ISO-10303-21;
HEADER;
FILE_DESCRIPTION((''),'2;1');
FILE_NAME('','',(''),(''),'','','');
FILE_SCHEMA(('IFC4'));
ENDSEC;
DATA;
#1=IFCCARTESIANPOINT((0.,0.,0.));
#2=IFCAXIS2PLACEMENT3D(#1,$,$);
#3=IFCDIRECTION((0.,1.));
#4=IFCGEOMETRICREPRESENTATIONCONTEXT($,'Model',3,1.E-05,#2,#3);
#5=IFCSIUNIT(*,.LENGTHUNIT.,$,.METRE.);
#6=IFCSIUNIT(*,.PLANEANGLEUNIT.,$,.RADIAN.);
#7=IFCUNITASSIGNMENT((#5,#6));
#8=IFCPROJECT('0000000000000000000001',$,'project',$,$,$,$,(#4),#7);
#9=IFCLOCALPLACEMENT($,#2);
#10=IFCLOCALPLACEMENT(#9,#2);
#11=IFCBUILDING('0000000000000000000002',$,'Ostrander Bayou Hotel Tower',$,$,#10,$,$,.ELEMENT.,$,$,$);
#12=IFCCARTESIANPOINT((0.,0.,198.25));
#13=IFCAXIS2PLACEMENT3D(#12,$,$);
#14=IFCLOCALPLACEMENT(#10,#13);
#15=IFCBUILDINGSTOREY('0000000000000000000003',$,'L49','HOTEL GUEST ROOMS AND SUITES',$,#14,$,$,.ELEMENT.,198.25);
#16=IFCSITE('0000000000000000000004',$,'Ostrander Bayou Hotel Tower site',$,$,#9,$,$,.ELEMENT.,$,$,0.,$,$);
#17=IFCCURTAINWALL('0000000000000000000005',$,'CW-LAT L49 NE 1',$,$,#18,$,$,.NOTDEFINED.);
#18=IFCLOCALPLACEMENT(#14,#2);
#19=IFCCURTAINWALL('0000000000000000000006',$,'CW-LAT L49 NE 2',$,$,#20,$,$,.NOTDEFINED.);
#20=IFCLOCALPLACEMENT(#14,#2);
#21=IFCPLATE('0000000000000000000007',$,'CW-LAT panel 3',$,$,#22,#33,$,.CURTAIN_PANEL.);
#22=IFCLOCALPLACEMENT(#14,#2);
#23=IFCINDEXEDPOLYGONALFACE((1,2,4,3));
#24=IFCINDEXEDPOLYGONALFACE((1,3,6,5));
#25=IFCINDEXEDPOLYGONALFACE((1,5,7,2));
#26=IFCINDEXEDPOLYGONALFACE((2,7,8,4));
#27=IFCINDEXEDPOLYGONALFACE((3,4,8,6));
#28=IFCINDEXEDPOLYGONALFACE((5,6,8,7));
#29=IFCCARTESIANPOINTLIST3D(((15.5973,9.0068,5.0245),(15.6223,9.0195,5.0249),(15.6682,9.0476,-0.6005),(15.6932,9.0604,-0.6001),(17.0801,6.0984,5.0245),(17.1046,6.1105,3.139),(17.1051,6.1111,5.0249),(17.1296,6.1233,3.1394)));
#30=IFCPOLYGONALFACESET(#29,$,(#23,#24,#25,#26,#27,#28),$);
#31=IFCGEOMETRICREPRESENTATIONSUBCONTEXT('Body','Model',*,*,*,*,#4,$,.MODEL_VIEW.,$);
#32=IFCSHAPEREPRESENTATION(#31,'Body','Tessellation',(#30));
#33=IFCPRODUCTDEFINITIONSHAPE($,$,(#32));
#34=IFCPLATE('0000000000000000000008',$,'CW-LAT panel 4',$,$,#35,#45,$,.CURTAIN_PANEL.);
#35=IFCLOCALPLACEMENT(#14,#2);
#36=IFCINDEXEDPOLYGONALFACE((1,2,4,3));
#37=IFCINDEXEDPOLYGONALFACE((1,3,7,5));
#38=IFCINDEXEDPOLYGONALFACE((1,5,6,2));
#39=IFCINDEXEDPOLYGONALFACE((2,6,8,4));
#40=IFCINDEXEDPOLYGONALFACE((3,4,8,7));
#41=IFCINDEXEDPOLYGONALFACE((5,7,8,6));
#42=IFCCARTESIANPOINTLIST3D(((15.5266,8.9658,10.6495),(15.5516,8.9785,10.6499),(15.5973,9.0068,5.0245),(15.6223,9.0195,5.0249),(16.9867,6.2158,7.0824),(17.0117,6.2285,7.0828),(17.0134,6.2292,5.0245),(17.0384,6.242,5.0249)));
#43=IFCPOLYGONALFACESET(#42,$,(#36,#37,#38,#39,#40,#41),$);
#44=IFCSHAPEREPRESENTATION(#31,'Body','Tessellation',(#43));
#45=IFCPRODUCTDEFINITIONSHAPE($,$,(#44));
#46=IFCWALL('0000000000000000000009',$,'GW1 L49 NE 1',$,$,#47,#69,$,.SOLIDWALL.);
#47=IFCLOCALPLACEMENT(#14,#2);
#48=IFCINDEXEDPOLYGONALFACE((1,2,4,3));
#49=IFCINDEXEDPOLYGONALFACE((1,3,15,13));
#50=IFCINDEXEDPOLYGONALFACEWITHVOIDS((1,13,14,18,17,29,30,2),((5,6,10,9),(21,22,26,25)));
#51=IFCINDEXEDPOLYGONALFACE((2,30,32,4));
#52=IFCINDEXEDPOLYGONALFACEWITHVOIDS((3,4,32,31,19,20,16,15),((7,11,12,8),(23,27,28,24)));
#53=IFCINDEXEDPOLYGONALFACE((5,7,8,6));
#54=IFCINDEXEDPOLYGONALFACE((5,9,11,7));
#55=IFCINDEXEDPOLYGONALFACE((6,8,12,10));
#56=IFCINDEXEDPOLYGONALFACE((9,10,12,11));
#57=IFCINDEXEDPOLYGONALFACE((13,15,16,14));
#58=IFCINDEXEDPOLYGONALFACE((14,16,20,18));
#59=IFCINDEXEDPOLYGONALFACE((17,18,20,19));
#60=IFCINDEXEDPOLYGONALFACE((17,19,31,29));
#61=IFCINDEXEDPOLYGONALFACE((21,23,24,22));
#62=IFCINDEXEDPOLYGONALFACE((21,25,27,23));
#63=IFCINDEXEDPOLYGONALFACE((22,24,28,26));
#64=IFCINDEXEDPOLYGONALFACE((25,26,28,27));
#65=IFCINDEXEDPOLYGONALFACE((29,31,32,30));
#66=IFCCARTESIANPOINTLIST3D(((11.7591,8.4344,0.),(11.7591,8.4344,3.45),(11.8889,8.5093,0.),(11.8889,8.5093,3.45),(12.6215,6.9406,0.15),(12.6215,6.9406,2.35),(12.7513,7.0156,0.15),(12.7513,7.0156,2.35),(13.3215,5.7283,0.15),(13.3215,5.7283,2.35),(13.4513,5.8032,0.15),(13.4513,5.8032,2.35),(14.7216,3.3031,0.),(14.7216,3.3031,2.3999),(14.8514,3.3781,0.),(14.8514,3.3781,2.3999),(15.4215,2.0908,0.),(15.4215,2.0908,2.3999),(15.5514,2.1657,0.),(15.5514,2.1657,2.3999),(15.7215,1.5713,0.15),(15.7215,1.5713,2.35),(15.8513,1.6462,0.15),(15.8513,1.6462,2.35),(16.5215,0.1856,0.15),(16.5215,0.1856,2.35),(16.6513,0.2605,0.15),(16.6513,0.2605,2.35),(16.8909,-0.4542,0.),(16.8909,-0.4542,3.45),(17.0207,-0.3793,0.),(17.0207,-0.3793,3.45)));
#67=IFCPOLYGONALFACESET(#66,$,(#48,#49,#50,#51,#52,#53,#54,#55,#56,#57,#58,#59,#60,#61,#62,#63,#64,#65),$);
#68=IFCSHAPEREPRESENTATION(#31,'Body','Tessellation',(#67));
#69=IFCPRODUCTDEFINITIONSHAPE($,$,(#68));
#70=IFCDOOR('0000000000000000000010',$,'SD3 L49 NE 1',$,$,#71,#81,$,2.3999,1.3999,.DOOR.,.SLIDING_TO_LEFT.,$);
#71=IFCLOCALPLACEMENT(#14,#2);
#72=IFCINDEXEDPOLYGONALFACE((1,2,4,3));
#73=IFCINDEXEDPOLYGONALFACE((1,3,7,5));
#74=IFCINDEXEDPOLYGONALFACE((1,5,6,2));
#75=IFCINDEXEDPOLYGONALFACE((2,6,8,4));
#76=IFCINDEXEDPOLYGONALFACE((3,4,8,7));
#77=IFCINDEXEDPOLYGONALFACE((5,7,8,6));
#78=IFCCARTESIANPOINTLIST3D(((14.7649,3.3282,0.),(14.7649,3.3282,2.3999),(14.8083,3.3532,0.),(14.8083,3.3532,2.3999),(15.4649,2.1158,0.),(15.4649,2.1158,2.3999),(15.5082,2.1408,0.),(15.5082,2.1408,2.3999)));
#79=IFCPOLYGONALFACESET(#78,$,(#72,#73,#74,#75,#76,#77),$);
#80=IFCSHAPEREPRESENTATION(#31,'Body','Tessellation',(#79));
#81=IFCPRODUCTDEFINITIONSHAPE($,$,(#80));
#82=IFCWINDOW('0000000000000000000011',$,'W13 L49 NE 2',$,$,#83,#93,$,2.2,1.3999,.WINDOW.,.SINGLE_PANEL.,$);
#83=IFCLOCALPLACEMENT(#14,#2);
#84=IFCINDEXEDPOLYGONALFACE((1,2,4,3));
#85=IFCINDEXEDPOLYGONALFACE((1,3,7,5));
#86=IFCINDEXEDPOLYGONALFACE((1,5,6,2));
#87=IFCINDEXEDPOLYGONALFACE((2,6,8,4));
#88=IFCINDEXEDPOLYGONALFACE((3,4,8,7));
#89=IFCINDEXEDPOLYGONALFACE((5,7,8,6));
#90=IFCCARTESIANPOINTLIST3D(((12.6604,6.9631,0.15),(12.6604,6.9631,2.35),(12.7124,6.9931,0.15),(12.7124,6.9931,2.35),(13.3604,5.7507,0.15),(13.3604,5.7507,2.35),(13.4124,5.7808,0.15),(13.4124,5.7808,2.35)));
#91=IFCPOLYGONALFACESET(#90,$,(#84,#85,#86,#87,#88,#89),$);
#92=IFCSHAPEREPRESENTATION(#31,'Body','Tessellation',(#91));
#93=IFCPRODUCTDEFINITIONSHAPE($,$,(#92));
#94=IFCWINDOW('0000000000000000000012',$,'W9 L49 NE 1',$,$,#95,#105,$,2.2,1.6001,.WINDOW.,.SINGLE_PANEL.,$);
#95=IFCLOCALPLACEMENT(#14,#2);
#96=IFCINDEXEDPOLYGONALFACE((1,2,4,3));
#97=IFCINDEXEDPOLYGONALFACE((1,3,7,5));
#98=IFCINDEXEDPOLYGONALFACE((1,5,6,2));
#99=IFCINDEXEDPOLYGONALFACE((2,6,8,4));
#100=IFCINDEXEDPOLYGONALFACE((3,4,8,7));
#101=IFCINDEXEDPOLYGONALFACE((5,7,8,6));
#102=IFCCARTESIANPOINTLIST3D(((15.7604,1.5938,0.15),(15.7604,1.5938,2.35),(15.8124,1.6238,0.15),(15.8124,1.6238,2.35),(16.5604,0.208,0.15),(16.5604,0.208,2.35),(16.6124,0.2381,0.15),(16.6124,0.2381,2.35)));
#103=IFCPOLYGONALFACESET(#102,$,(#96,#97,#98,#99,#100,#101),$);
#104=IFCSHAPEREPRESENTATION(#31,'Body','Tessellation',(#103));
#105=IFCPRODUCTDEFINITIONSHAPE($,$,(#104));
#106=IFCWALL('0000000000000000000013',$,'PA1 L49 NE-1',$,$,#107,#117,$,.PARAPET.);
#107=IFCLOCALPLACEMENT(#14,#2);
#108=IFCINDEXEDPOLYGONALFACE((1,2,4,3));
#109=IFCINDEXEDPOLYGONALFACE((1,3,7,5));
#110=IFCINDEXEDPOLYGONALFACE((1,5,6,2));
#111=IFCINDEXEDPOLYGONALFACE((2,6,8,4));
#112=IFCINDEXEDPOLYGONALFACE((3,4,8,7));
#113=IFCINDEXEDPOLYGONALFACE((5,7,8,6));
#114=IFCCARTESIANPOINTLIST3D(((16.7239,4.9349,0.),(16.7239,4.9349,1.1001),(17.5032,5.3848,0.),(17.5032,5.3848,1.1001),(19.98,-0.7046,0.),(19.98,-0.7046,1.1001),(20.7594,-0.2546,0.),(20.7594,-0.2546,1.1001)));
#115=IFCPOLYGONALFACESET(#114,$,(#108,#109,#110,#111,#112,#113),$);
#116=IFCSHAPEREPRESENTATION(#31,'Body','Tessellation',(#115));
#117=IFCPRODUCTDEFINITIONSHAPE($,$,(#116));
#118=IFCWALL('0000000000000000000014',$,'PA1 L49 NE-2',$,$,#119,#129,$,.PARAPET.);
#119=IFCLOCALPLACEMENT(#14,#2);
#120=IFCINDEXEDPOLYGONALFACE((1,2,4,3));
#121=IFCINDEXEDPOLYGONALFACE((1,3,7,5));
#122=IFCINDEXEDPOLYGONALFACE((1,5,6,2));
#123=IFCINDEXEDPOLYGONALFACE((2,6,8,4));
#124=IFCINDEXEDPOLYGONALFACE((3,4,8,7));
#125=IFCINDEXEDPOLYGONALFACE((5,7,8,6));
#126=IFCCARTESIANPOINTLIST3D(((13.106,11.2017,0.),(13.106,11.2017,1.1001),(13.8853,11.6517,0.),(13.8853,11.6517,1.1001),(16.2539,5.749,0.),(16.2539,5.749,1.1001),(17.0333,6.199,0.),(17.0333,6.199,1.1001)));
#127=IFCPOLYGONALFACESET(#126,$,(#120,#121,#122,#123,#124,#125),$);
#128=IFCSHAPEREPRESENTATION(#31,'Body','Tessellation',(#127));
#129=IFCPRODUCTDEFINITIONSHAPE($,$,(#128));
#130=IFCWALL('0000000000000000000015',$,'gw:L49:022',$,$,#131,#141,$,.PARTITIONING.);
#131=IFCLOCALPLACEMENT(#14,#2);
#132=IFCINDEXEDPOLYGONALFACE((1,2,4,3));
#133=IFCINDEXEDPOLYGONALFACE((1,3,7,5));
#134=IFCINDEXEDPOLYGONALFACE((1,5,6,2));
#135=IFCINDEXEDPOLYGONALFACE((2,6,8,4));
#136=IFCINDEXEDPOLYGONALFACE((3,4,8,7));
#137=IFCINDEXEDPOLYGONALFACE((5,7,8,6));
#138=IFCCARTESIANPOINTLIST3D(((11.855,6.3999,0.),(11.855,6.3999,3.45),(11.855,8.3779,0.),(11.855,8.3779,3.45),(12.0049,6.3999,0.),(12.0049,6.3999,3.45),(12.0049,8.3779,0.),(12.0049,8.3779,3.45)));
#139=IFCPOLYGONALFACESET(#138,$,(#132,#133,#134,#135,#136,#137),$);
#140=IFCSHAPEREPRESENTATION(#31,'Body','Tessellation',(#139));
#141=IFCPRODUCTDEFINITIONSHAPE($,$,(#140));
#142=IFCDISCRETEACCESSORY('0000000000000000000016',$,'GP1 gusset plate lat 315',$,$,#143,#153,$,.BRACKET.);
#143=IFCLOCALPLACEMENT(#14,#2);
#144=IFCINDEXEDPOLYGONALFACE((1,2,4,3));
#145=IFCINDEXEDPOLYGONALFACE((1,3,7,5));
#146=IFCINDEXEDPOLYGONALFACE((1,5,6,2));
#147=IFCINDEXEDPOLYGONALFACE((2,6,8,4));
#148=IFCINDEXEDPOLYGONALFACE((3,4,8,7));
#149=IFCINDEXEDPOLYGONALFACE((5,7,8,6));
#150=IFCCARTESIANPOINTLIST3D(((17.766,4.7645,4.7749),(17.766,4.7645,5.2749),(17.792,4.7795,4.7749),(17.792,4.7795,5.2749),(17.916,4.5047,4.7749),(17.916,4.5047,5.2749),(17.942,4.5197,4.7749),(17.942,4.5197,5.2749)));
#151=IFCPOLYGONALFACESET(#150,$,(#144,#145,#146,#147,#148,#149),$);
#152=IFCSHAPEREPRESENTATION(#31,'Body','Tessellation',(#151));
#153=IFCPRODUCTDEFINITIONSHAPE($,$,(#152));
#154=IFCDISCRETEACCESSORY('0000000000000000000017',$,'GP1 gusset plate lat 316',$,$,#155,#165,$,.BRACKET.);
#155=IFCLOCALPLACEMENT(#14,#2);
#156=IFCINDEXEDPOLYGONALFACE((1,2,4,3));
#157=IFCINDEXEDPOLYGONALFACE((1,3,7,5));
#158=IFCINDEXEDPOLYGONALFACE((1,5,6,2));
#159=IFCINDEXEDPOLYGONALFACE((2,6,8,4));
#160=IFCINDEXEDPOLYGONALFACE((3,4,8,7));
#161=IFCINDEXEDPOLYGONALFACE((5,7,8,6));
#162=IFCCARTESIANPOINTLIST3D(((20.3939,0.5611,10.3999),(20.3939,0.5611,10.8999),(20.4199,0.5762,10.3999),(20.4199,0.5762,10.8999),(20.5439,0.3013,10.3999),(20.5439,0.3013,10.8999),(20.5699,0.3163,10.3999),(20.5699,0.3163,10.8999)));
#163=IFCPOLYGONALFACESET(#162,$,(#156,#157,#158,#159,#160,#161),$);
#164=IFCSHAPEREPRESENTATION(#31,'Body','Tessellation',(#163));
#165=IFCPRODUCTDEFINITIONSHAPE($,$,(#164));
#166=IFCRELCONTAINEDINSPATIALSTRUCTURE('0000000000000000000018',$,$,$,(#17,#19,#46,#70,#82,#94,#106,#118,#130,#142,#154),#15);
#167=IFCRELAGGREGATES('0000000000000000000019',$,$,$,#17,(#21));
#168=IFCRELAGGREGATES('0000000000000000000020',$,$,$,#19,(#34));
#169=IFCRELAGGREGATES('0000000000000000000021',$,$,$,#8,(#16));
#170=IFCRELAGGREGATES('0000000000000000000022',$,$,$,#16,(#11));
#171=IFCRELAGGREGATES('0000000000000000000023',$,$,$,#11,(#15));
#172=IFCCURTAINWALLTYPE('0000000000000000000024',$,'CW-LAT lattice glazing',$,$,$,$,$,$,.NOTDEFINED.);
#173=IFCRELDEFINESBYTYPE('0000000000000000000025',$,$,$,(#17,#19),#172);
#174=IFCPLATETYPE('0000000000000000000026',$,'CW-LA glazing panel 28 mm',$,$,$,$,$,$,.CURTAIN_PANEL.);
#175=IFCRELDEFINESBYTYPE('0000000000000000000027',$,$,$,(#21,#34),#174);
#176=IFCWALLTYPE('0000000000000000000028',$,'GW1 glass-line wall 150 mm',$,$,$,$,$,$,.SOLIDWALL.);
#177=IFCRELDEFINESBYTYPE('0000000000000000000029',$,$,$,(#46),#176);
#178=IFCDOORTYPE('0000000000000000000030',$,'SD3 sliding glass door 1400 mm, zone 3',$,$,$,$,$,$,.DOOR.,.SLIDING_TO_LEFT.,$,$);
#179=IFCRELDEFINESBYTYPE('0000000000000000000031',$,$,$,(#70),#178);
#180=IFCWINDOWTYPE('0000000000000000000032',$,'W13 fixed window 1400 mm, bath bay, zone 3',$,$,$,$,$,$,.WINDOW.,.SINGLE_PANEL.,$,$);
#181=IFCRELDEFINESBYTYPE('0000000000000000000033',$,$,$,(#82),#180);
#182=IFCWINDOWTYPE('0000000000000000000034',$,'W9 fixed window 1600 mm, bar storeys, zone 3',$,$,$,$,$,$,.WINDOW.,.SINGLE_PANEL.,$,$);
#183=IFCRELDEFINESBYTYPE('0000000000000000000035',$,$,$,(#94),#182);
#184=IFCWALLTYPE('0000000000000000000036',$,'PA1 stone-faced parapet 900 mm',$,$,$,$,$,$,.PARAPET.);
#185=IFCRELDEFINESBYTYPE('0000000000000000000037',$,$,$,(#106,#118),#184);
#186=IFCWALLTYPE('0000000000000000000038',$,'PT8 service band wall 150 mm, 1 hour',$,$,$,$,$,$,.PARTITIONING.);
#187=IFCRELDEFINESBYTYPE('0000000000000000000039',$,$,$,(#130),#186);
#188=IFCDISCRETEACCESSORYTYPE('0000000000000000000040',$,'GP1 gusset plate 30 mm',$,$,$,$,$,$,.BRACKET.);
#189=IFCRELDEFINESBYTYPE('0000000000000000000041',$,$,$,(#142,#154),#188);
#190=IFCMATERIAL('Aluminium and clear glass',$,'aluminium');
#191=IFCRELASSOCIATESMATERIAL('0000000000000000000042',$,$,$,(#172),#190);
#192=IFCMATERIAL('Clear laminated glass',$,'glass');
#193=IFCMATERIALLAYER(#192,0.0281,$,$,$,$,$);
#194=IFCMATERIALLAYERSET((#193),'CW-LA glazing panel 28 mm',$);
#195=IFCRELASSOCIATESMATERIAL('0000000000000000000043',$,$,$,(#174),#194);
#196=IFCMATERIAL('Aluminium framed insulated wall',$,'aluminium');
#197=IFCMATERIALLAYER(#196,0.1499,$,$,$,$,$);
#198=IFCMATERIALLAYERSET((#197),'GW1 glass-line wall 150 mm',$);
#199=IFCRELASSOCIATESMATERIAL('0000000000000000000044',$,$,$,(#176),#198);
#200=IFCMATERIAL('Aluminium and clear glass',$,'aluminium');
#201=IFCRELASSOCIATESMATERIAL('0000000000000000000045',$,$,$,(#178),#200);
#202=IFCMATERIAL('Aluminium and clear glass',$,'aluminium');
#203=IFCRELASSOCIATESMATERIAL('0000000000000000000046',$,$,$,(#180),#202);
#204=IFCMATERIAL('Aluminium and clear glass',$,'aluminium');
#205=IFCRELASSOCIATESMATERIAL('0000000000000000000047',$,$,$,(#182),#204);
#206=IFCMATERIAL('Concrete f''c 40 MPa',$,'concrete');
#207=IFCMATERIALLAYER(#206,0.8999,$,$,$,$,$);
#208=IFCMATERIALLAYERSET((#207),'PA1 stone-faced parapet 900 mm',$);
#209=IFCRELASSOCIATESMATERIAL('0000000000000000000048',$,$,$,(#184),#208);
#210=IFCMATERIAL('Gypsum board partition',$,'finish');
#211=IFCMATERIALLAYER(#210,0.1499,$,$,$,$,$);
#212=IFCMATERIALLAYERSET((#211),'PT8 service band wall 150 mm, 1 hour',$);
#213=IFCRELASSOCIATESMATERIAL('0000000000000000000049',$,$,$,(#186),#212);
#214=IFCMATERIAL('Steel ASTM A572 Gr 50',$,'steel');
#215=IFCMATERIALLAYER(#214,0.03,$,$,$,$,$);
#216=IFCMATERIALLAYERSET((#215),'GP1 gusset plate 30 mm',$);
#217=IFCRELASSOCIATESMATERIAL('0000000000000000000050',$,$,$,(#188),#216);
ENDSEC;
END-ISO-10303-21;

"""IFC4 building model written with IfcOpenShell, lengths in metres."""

from ifc_helpers import new_model, si_unit, direction, frame, frame_2d, origin, origin_2d, place, context, subcontext, project, spatial, polyline, rectangle, outline, extrude, material, layer, layer_set, type_object, element, fill, aggregate, save


model = new_model("IFC4")

# Units and contexts
model_context = context("Model", 3, precision=1e-05, world=origin(), true_north=direction((0.0, 1.0)))
body_context = subcontext(model_context, "Body", "Model", "MODEL_VIEW")
ifc_project = project(units=[si_unit("LENGTHUNIT", "METRE"), si_unit("PLANEANGLEUNIT", "RADIAN")], contexts=[model_context])

# Site, building, storey
site_placement = place(None, origin())
site = spatial("IfcSite", under=ifc_project, at=site_placement, Name="Ostrander Bayou Hotel Tower site", CompositionType="ELEMENT", RefElevation=0.0)
building_placement = place(site_placement, origin())
building = spatial("IfcBuilding", under=site, at=building_placement, Name="Ostrander Bayou Hotel Tower", CompositionType="ELEMENT")
storey_placement = place(building_placement, frame((0.0, 0.0, 198.25)))
storey = spatial("IfcBuildingStorey", under=building, at=storey_placement, Name="L49", Description="HOTEL GUEST ROOMS AND SUITES", CompositionType="ELEMENT", Elevation=198.25)

# Curtain wall
ifc_material_1 = material(Name="Aluminium and clear glass", Category="aluminium")
curtain_wall_type = type_object("IfcCurtainWallType", Name="CW-LAT lattice glazing", PredefinedType="NOTDEFINED", material=ifc_material_1)
curtain_wall_1_placement = place(storey_placement, origin())
curtain_wall_1 = element("IfcCurtainWall", 1, at=curtain_wall_1_placement, inside=storey, type_object=curtain_wall_type, Name="CW-LAT L49 NE 1", PredefinedType="NOTDEFINED")

# Curtain wall
curtain_wall_2_placement = place(storey_placement, origin())
curtain_wall_2 = element("IfcCurtainWall", 2, at=curtain_wall_2_placement, inside=storey, type_object=curtain_wall_type, Name="CW-LAT L49 NE 2", PredefinedType="NOTDEFINED")

# Shared definitions
ifc_material_2 = material(Name="Clear laminated glass", Category="glass")
ifc_layer_1 = layer(ifc_material_2, 0.0281)
ifc_layer_set_1 = layer_set([ifc_layer_1], Name="CW-LA glazing panel 28 mm")
plate_type = type_object("IfcPlateType", Name="CW-LA glazing panel 28 mm", PredefinedType="CURTAIN_PANEL", material=ifc_layer_set_1)

# Plates
plate_1_placement = place(storey_placement, frame((17.1296, 6.1233, 3.1394), z_axis=(0.890804, 0.454155, 0.014526), x_axis=(-0.289178, 0.591287, -0.752832)))
plate_1 = element("IfcPlate", 3, at=plate_1_placement, type_object=plate_type, Name="CW-LAT panel 3", PredefinedType="CURTAIN_PANEL", context=body_context, shape_type="SweptSolid", body=[
    extrude(outline(polyline([(0.0, 0.0), (4.9672, 0.0), (0.7289, 3.6992), (-1.4196, 1.2413), (0.0, 0.0)])), origin(), (0.0, 0.0, -1.0), 0.0281),
])
aggregate(curtain_wall_1, [plate_1])
plate_2_placement = place(storey_placement, frame((17.0117, 6.2285, 7.0828), z_axis=(0.890805, 0.454155, 0.014513), x_axis=(-0.308381, 0.580801, 0.753373)))
plate_2 = element("IfcPlate", 4, at=plate_2_placement, type_object=plate_type, Name="CW-LAT panel 4", PredefinedType="CURTAIN_PANEL", context=body_context, shape_type="SweptSolid", body=[
    extrude(outline(polyline([(0.0, 0.0), (4.7349, 0.0), (0.4992, -3.7021), (-1.5507, -1.3531), (0.0, 0.0)])), origin(), (0.0, 0.0, -1.0), 0.0281),
])
aggregate(curtain_wall_2, [plate_2])

# Wall, openings, door, windows
ifc_material_3 = material(Name="Aluminium framed insulated wall", Category="aluminium")
ifc_layer_2 = layer(ifc_material_3, 0.1499)
ifc_layer_set_2 = layer_set([ifc_layer_2], Name="GW1 glass-line wall 150 mm")
wall_type_1 = type_object("IfcWallType", Name="GW1 glass-line wall 150 mm", PredefinedType="SOLIDWALL", material=ifc_layer_set_2)
wall_1_placement = place(storey_placement, frame((16.9558, -0.4167, 0.0), z_axis=(0.0, 0.0, 1.0), x_axis=(-0.499997, 0.866027, 0.0)))
wall_1 = element("IfcWall", 5, at=wall_1_placement, inside=storey, type_object=wall_type_1, Name="GW1 L49 NE 1", PredefinedType="SOLIDWALL", context=body_context, shape_type="SweptSolid", body=[
    extrude(rectangle(XDim=10.2637, YDim=0.1499, at=frame_2d((5.1318, 0.0))), origin(), (0.0, 0.0, 1.0), 3.45),
])
opening_1_placement = place(wall_1_placement, frame((0.7388, 0.0, 0.1499)))
opening_1 = element("IfcOpeningElement", 6, at=opening_1_placement, cuts=wall_1, PredefinedType="OPENING", context=body_context, shape_type="SweptSolid", body=[
    extrude(rectangle(XDim=1.6001, YDim=2.2, at=frame_2d((0.8, 1.1001))), frame((0.0, 0.075, 0.0), z_axis=(0.0, -1.0, 0.0), x_axis=(1.0, 0.0, 0.0)), (0.0, 0.0, 1.0), 0.1499),
])
opening_2_placement = place(wall_1_placement, frame((2.9387, 0.0, 0.0)))
opening_2 = element("IfcOpeningElement", 7, at=opening_2_placement, cuts=wall_1, PredefinedType="OPENING", context=body_context, shape_type="SweptSolid", body=[
    extrude(rectangle(XDim=1.3999, YDim=2.3999, at=frame_2d((0.7, 1.2))), frame((0.0, 0.075, 0.0), z_axis=(0.0, -1.0, 0.0), x_axis=(1.0, 0.0, 0.0)), (0.0, 0.0, 1.0), 0.1499),
])
opening_3_placement = place(wall_1_placement, frame((7.1389, 0.0, 0.1499)))
opening_3 = element("IfcOpeningElement", 8, at=opening_3_placement, cuts=wall_1, PredefinedType="OPENING", context=body_context, shape_type="SweptSolid", body=[
    extrude(rectangle(XDim=1.3999, YDim=2.2, at=frame_2d((0.7, 1.1001))), frame((0.0, 0.075, 0.0), z_axis=(0.0, -1.0, 0.0), x_axis=(1.0, 0.0, 0.0)), (0.0, 0.0, 1.0), 0.1499),
])
ifc_material_4 = material(Name="Aluminium and clear glass", Category="aluminium")
door_type = type_object("IfcDoorType", Name="SD3 sliding glass door 1400 mm, zone 3", OperationType="SLIDING_TO_LEFT", PredefinedType="DOOR", material=ifc_material_4)
door_placement = place(opening_2_placement, origin())
door = element("IfcDoor", 9, at=door_placement, inside=storey, type_object=door_type, Name="SD3 L49 NE 1", OperationType="SLIDING_TO_LEFT", OverallHeight=2.3999, OverallWidth=1.3999, PredefinedType="DOOR", context=body_context, shape_type="SweptSolid", body=[
    extrude(rectangle(XDim=1.3999, YDim=2.3999, at=frame_2d((0.7, 1.2))), frame((0.0, 0.0249, 0.0), z_axis=(0.0, -1.0, 0.0), x_axis=(1.0, 0.0, 0.0)), (0.0, 0.0, 1.0), 0.05),
])
fill(opening_2, door)
ifc_material_5 = material(Name="Aluminium and clear glass", Category="aluminium")
window_type_1 = type_object("IfcWindowType", Name="W13 fixed window 1400 mm, bath bay, zone 3", PartitioningType="SINGLE_PANEL", PredefinedType="WINDOW", material=ifc_material_5)
window_1_placement = place(opening_3_placement, origin())
window_1 = element("IfcWindow", 10, at=window_1_placement, inside=storey, type_object=window_type_1, Name="W13 L49 NE 2", OverallHeight=2.2, OverallWidth=1.3999, PartitioningType="SINGLE_PANEL", PredefinedType="WINDOW", context=body_context, shape_type="SweptSolid", body=[
    extrude(rectangle(XDim=1.3999, YDim=2.2, at=frame_2d((0.7, 1.1001))), frame((0.0, 0.03, 0.0), z_axis=(0.0, -1.0, 0.0), x_axis=(1.0, 0.0, 0.0)), (0.0, 0.0, 1.0), 0.0601),
])
fill(opening_3, window_1)
ifc_material_6 = material(Name="Aluminium and clear glass", Category="aluminium")
window_type_2 = type_object("IfcWindowType", Name="W9 fixed window 1600 mm, bar storeys, zone 3", PartitioningType="SINGLE_PANEL", PredefinedType="WINDOW", material=ifc_material_6)
window_2_placement = place(opening_1_placement, origin())
window_2 = element("IfcWindow", 11, at=window_2_placement, inside=storey, type_object=window_type_2, Name="W9 L49 NE 1", OverallHeight=2.2, OverallWidth=1.6001, PartitioningType="SINGLE_PANEL", PredefinedType="WINDOW", context=body_context, shape_type="SweptSolid", body=[
    extrude(rectangle(XDim=1.6001, YDim=2.2, at=frame_2d((0.8, 1.1001))), frame((0.0, 0.03, 0.0), z_axis=(0.0, -1.0, 0.0), x_axis=(1.0, 0.0, 0.0)), (0.0, 0.0, 1.0), 0.0601),
])
fill(opening_1, window_2)

# Walls
ifc_material_7 = material(Name="Concrete f'c 40 MPa", Category="concrete")
ifc_layer_3 = layer(ifc_material_7, 0.8999)
ifc_layer_set_3 = layer_set([ifc_layer_3], Name="PA1 stone-faced parapet 900 mm")
wall_type_2 = type_object("IfcWallType", Name="PA1 stone-faced parapet 900 mm", PredefinedType="PARAPET", material=ifc_layer_set_3)
wall_2_placement = place(storey_placement, frame((20.3696, -0.4795, 0.0), z_axis=(0.0, 0.0, 1.0), x_axis=(-0.500022, 0.866013, 0.0)))
element("IfcWall", 12, at=wall_2_placement, inside=storey, type_object=wall_type_2, Name="PA1 L49 NE-1", PredefinedType="PARAPET", context=body_context, shape_type="SweptSolid", body=[
    extrude(rectangle(XDim=6.512, YDim=0.8999, at=frame_2d((3.2559, 0.0))), origin(), (0.0, 0.0, 1.0), 1.1001),
])
wall_3_placement = place(storey_placement, frame((16.6436, 5.9741, 0.0), z_axis=(0.0, 0.0, 1.0), x_axis=(-0.499984, 0.866034, 0.0)))
element("IfcWall", 13, at=wall_3_placement, inside=storey, type_object=wall_type_2, Name="PA1 L49 NE-2", PredefinedType="PARAPET", context=body_context, shape_type="SweptSolid", body=[
    extrude(rectangle(XDim=6.2961, YDim=0.8999, at=frame_2d((3.1479, 0.0))), origin(), (0.0, 0.0, 1.0), 1.1001),
])
ifc_material_8 = material(Name="Gypsum board partition", Category="finish")
ifc_layer_4 = layer(ifc_material_8, 0.1499)
ifc_layer_set_4 = layer_set([ifc_layer_4], Name="PT8 service band wall 150 mm, 1 hour")
wall_type_3 = type_object("IfcWallType", Name="PT8 service band wall 150 mm, 1 hour", PredefinedType="PARTITIONING", material=ifc_layer_set_4)
wall_4_placement = place(storey_placement, frame((11.9299, 6.3999, 0.0), z_axis=(0.0, 0.0, 1.0), x_axis=(0.0, 1.0, 0.0)))
element("IfcWall", 14, at=wall_4_placement, inside=storey, type_object=wall_type_3, Name="gw:L49:022", PredefinedType="PARTITIONING", context=body_context, shape_type="SweptSolid", body=[
    extrude(rectangle(XDim=1.978, YDim=0.1499, at=frame_2d((0.989, 0.0))), origin(), (0.0, 0.0, 1.0), 3.45),
])

# Discrete accessories
ifc_material_9 = material(Name="Steel ASTM A572 Gr 50", Category="steel")
ifc_layer_5 = layer(ifc_material_9, 0.03)
ifc_layer_set_5 = layer_set([ifc_layer_5], Name="GP1 gusset plate 30 mm")
discrete_accessory_type = type_object("IfcDiscreteAccessoryType", Name="GP1 gusset plate 30 mm", PredefinedType="BRACKET", material=ifc_layer_set_5)
for number, where, z_axis, x_axis, name in (
    (15, (17.854, 4.6421, 4.7749), (0.0, 0.0, 1.0), (-0.5, 0.866025, 0.0), "GP1 gusset plate lat 315"),
    (16, (20.4819, 0.4387, 10.3999), (0.0, 0.0, 1.0), (-0.5, 0.866025, 0.0), "GP1 gusset plate lat 316"),
):
    element("IfcDiscreteAccessory", number, at=place(storey_placement, frame(where, z_axis=z_axis, x_axis=x_axis)), inside=storey, type_object=discrete_accessory_type, Name=name, PredefinedType="BRACKET", context=body_context, shape_type="SweptSolid", body=[
        extrude(rectangle(XDim=0.3, YDim=0.03, at=origin_2d()), origin(), (0.0, 0.0, 1.0), 0.5),
    ])

save(model, "model.ifc")
